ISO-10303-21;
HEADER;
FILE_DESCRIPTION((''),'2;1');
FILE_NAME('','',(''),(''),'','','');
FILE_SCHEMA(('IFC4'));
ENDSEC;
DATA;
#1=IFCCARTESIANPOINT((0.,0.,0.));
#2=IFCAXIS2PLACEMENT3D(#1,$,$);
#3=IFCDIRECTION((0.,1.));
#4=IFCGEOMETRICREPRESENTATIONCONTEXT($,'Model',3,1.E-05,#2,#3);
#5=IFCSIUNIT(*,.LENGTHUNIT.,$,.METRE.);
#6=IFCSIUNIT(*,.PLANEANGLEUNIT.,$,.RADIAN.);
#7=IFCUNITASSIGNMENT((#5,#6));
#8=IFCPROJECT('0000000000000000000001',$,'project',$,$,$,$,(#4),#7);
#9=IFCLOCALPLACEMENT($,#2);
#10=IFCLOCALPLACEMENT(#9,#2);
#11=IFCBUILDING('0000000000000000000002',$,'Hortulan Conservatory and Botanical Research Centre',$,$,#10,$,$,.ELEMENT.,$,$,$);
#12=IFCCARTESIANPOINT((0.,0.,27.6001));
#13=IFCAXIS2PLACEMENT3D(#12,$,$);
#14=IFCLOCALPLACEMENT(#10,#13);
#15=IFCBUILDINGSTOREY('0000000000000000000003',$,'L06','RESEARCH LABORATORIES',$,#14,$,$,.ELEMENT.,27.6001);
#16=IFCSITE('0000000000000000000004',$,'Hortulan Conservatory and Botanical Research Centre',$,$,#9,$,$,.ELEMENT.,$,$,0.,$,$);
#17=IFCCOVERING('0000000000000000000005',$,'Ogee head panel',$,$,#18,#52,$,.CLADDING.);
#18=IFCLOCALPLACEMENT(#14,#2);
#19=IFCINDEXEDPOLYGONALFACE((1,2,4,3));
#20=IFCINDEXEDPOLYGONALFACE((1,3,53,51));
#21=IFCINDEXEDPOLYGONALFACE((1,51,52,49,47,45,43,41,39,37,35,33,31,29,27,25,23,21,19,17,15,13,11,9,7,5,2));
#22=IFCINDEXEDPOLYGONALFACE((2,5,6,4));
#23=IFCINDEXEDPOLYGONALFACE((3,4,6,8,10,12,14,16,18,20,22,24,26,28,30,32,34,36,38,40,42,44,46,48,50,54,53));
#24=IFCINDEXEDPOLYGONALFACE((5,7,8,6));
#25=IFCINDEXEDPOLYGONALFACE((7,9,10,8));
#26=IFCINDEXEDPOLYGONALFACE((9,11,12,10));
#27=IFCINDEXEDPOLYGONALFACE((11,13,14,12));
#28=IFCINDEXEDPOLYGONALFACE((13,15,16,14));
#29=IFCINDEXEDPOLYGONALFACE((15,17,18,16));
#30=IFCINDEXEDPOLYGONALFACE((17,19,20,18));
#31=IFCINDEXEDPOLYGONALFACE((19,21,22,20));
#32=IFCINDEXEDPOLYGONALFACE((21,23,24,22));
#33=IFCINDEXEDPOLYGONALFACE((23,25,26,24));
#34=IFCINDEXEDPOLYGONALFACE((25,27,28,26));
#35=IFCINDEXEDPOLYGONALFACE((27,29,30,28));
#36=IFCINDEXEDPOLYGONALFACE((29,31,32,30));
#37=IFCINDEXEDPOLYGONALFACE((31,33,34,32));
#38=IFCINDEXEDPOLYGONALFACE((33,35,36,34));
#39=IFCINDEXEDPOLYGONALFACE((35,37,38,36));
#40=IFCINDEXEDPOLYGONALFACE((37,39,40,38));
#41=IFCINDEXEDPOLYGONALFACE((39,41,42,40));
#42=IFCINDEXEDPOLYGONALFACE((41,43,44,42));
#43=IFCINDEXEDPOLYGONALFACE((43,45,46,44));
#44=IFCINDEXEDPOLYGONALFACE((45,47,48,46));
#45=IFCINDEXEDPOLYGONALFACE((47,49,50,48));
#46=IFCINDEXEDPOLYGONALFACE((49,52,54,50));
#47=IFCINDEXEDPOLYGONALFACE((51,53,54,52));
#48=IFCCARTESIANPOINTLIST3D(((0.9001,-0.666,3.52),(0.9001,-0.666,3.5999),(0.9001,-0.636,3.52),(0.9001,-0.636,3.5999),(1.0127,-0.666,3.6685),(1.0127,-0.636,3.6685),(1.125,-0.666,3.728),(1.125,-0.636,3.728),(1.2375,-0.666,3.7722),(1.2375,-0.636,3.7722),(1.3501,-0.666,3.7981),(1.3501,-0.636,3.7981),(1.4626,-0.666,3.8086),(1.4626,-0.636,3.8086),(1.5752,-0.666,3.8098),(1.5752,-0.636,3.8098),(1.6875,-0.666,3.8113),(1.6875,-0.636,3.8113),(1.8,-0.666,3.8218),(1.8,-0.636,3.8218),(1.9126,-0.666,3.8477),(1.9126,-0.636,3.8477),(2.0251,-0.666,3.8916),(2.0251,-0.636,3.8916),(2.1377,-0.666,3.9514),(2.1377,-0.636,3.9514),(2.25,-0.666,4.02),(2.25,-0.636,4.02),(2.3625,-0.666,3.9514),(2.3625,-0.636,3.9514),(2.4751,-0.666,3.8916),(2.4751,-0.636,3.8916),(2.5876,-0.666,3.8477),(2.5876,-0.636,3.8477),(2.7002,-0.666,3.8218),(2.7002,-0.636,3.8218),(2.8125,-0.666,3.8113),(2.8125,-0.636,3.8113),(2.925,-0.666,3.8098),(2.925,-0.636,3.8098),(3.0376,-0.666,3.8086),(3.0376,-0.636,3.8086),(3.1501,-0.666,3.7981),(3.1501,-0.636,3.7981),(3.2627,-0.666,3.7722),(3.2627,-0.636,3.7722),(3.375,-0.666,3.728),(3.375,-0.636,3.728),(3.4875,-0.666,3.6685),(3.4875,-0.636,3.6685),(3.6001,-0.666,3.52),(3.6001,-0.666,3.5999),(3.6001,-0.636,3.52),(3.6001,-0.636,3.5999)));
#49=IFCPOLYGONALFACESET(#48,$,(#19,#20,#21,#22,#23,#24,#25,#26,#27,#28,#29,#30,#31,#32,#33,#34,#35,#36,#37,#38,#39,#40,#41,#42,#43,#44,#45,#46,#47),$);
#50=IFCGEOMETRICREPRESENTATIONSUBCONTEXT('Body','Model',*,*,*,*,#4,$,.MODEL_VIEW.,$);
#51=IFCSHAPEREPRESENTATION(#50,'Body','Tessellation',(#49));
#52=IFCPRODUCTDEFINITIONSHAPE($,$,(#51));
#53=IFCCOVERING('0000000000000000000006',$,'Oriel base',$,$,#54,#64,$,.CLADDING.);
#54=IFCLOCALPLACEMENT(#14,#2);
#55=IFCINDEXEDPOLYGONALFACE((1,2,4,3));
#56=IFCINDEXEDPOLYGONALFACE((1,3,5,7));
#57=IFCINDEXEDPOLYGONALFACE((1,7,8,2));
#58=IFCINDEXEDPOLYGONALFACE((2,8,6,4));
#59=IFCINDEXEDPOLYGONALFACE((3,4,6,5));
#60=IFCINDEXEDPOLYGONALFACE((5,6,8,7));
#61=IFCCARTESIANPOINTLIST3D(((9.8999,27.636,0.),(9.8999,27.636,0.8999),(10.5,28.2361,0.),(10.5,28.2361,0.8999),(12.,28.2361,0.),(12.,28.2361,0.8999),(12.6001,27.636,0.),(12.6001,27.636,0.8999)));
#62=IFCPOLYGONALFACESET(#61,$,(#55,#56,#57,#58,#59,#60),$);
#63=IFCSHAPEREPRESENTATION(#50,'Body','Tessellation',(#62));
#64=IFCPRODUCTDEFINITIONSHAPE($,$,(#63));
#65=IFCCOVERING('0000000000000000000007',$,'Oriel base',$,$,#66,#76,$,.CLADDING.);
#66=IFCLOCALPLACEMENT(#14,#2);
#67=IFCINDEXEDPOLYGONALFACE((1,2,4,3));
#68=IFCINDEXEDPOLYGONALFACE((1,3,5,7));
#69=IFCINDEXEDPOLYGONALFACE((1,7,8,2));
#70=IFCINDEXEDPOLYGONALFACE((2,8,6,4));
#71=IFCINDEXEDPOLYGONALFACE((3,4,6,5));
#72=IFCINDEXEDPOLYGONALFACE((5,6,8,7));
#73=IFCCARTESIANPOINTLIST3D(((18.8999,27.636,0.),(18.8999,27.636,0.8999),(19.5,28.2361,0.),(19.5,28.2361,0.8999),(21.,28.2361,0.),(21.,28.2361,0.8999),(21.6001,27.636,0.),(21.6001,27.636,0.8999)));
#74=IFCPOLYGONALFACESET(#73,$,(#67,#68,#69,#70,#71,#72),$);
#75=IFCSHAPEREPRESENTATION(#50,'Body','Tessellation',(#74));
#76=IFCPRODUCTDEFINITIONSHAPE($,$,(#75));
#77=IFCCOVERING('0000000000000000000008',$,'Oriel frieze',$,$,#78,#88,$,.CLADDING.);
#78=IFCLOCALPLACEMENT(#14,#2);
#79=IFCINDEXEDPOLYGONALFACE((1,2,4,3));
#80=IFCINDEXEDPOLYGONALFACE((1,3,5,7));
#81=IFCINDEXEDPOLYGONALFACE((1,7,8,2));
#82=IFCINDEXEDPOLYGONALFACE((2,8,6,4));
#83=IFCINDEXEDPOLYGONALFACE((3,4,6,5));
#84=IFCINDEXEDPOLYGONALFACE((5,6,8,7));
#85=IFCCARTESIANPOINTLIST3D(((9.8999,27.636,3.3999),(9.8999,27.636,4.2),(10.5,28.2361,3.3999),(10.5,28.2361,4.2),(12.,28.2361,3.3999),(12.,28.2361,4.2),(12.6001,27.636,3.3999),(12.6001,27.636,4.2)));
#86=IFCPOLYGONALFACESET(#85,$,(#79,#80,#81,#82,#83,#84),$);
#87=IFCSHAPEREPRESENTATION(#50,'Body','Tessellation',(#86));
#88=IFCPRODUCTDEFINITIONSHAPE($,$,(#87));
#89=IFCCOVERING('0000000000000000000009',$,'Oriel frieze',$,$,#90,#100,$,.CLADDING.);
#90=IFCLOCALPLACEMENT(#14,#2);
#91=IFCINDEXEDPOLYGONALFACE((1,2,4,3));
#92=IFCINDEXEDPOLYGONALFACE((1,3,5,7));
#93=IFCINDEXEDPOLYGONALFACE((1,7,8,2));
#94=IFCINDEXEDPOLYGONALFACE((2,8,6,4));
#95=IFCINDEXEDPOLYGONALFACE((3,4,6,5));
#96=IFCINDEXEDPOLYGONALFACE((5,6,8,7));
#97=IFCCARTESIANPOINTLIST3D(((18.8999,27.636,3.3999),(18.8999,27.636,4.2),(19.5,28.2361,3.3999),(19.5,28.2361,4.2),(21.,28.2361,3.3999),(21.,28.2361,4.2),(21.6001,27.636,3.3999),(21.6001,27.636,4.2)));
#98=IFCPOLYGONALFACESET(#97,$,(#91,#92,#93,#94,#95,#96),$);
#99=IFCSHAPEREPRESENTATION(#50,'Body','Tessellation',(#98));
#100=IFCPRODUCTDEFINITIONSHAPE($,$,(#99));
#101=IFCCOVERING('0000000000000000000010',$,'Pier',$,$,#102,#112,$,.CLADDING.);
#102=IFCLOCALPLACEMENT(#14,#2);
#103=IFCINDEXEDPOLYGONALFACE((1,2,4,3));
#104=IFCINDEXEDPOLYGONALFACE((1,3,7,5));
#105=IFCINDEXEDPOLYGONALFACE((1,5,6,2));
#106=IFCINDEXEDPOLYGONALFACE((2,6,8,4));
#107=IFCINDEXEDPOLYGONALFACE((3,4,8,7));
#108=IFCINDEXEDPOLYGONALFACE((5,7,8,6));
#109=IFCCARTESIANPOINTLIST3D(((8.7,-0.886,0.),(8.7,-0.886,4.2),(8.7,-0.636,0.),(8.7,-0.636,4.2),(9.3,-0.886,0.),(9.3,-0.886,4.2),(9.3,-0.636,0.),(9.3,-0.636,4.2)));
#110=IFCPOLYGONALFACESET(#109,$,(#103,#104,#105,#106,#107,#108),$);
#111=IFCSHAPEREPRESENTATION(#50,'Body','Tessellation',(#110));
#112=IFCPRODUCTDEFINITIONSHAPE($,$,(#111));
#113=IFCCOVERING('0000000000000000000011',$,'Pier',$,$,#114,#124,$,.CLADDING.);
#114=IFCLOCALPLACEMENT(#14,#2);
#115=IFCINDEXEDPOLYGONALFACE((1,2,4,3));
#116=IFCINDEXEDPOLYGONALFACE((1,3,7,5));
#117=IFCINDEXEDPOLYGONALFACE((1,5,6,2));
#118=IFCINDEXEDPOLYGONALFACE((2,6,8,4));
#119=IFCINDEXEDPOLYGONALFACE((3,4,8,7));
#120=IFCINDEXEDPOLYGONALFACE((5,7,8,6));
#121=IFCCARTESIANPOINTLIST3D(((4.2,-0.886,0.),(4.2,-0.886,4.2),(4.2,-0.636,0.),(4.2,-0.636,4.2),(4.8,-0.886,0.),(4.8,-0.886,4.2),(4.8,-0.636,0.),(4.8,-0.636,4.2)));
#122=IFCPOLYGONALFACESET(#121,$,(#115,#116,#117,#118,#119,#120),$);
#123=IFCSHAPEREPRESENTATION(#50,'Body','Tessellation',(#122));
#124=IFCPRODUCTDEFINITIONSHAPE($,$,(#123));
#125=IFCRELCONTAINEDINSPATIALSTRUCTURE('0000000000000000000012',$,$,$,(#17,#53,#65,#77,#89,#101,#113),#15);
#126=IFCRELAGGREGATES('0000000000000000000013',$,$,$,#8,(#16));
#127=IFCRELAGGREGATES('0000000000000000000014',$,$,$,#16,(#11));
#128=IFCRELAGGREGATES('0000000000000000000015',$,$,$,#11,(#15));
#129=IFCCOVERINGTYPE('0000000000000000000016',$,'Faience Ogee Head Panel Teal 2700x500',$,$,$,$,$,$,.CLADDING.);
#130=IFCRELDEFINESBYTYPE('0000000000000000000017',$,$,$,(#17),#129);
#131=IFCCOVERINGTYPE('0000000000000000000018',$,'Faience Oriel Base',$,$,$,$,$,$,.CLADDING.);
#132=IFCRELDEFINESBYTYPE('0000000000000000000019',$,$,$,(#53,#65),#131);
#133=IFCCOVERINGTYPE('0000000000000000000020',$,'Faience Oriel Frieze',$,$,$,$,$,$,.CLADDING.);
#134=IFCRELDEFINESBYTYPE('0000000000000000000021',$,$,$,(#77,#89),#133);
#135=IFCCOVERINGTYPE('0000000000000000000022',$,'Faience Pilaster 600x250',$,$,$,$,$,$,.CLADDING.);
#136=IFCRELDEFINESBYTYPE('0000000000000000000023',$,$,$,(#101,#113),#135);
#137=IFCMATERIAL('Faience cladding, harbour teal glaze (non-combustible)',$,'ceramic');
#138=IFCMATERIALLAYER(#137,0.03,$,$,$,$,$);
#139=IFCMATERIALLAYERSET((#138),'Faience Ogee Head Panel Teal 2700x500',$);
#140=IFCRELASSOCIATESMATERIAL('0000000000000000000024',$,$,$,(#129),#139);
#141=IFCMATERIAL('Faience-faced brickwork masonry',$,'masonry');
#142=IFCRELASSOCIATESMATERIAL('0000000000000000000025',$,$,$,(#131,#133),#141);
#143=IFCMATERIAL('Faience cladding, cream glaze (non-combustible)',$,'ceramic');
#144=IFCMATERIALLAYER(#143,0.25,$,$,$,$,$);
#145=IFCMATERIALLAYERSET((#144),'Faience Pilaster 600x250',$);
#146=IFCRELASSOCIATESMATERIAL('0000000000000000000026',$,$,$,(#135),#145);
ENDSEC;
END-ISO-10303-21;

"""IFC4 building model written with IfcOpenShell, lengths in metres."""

from ifc_helpers import new_model, si_unit, direction, frame, origin, origin_2d, place, context, subcontext, project, spatial, polyline, rectangle, outline, extrude, material, layer, layer_set, type_object, element, save


model = new_model("IFC4")

# Units and contexts
model_context = context("Model", 3, precision=1e-05, world=origin(), true_north=direction((0.0, 1.0)))
body_context = subcontext(model_context, "Body", "Model", "MODEL_VIEW")
ifc_project = project(units=[si_unit("LENGTHUNIT", "METRE"), si_unit("PLANEANGLEUNIT", "RADIAN")], contexts=[model_context])

# Site, building, storey
site_placement = place(None, origin())
site = spatial("IfcSite", under=ifc_project, at=site_placement, Name="Hortulan Conservatory and Botanical Research Centre", CompositionType="ELEMENT", RefElevation=0.0)
building_placement = place(site_placement, origin())
building = spatial("IfcBuilding", under=site, at=building_placement, Name="Hortulan Conservatory and Botanical Research Centre", CompositionType="ELEMENT")
storey_placement = place(building_placement, frame((0.0, 0.0, 27.6001)))
storey = spatial("IfcBuildingStorey", under=building, at=storey_placement, Name="L06", Description="RESEARCH LABORATORIES", CompositionType="ELEMENT", Elevation=27.6001)

# Shared definitions
ifc_material_1 = material(Name="Faience-faced brickwork masonry", Category="masonry")

# Coverings
ifc_material_2 = material(Name="Faience cladding, cream glaze (non-combustible)", Category="ceramic")
ifc_material_3 = material(Name="Faience cladding, harbour teal glaze (non-combustible)", Category="ceramic")
ifc_layer_1 = layer(ifc_material_3, 0.03)
ifc_layer_set_1 = layer_set([ifc_layer_1], Name="Faience Ogee Head Panel Teal 2700x500")
covering_type_1 = type_object("IfcCoveringType", Name="Faience Ogee Head Panel Teal 2700x500", PredefinedType="CLADDING", material=ifc_layer_set_1)
covering_1_placement = place(storey_placement, frame((3.6001, -0.6509, 3.52), z_axis=(0.0, 0.0, 1.0), x_axis=(-1.0, 0.0, 0.0)))
element("IfcCovering", 1, at=covering_1_placement, inside=storey, type_object=covering_type_1, Name="Ogee head panel", PredefinedType="CLADDING", context=body_context, shape_type="SweptSolid", body=[
    extrude(outline(polyline([(0.0, 0.0), (2.7, 0.0), (2.7, 0.0798), (2.5874, 0.1484), (2.4751, 0.208), (2.3625, 0.2522), (2.25, 0.2781), (2.1375, 0.2886), (2.0249, 0.2898), (1.9126, 0.2913), (1.8, 0.3018), (1.6875, 0.3276), (1.575, 0.3716), (1.4624, 0.4314), (1.3501, 0.5), (1.2375, 0.4314), (1.125, 0.3716), (1.0125, 0.3276), (0.8999, 0.3018), (0.7876, 0.2913), (0.675, 0.2898), (0.5625, 0.2886), (0.45, 0.2781), (0.3374, 0.2522), (0.2251, 0.208), (0.1125, 0.1484), (0.0, 0.0798), (0.0, 0.0)])), frame((0.0, 0.0151, 0.0), z_axis=(0.0, -1.0, 0.0), x_axis=(1.0, 0.0, 0.0)), (0.0, 0.0, 1.0), 0.03),
])
covering_type_2 = type_object("IfcCoveringType", Name="Faience Oriel Base", PredefinedType="CLADDING", material=ifc_material_1)
covering_2_placement = place(storey_placement, origin())
element("IfcCovering", 2, at=covering_2_placement, inside=storey, type_object=covering_type_2, Name="Oriel base", PredefinedType="CLADDING", context=body_context, shape_type="SweptSolid", body=[
    extrude(outline(polyline([(9.8999, 27.636), (10.5, 28.2361), (12.0, 28.2361), (12.6001, 27.636), (9.8999, 27.636)])), origin(), (0.0, 0.0, 1.0), 0.8999),
])
covering_3_placement = place(storey_placement, origin())
element("IfcCovering", 3, at=covering_3_placement, inside=storey, type_object=covering_type_2, Name="Oriel base", PredefinedType="CLADDING", context=body_context, shape_type="SweptSolid", body=[
    extrude(outline(polyline([(18.8999, 27.636), (19.5, 28.2361), (21.0, 28.2361), (21.6001, 27.636), (18.8999, 27.636)])), origin(), (0.0, 0.0, 1.0), 0.8999),
])
covering_type_3 = type_object("IfcCoveringType", Name="Faience Oriel Frieze", PredefinedType="CLADDING", material=ifc_material_1)
covering_4_placement = place(storey_placement, frame((0.0, 0.0, 3.3999)))
element("IfcCovering", 4, at=covering_4_placement, inside=storey, type_object=covering_type_3, Name="Oriel frieze", PredefinedType="CLADDING", context=body_context, shape_type="SweptSolid", body=[
    extrude(outline(polyline([(9.8999, 27.636), (10.5, 28.2361), (12.0, 28.2361), (12.6001, 27.636), (9.8999, 27.636)])), origin(), (0.0, 0.0, 1.0), 0.8),
])
covering_5_placement = place(storey_placement, frame((0.0, 0.0, 3.3999)))
element("IfcCovering", 5, at=covering_5_placement, inside=storey, type_object=covering_type_3, Name="Oriel frieze", PredefinedType="CLADDING", context=body_context, shape_type="SweptSolid", body=[
    extrude(outline(polyline([(18.8999, 27.636), (19.5, 28.2361), (21.0, 28.2361), (21.6001, 27.636), (18.8999, 27.636)])), origin(), (0.0, 0.0, 1.0), 0.8),
])
ifc_layer_2 = layer(ifc_material_2, 0.25)
ifc_layer_set_2 = layer_set([ifc_layer_2], Name="Faience Pilaster 600x250")
covering_type_4 = type_object("IfcCoveringType", Name="Faience Pilaster 600x250", PredefinedType="CLADDING", material=ifc_layer_set_2)
for number, where, z_axis, x_axis, name in (
    (6, (9.0, -0.761, 0.0), (0.0, 0.0, 1.0), (-1.0, 0.0, 0.0), "Pier"),
    (7, (4.5, -0.761, 0.0), (0.0, 0.0, 1.0), (-1.0, 0.0, 0.0), "Pier"),
):
    element("IfcCovering", number, at=place(storey_placement, frame(where, z_axis=z_axis, x_axis=x_axis)), inside=storey, type_object=covering_type_4, Name=name, PredefinedType="CLADDING", context=body_context, shape_type="SweptSolid", body=[
        extrude(rectangle(XDim=0.6001, YDim=0.25, at=origin_2d()), origin(), (0.0, 0.0, 1.0), 4.2),
    ])

save(model, "model.ifc")
